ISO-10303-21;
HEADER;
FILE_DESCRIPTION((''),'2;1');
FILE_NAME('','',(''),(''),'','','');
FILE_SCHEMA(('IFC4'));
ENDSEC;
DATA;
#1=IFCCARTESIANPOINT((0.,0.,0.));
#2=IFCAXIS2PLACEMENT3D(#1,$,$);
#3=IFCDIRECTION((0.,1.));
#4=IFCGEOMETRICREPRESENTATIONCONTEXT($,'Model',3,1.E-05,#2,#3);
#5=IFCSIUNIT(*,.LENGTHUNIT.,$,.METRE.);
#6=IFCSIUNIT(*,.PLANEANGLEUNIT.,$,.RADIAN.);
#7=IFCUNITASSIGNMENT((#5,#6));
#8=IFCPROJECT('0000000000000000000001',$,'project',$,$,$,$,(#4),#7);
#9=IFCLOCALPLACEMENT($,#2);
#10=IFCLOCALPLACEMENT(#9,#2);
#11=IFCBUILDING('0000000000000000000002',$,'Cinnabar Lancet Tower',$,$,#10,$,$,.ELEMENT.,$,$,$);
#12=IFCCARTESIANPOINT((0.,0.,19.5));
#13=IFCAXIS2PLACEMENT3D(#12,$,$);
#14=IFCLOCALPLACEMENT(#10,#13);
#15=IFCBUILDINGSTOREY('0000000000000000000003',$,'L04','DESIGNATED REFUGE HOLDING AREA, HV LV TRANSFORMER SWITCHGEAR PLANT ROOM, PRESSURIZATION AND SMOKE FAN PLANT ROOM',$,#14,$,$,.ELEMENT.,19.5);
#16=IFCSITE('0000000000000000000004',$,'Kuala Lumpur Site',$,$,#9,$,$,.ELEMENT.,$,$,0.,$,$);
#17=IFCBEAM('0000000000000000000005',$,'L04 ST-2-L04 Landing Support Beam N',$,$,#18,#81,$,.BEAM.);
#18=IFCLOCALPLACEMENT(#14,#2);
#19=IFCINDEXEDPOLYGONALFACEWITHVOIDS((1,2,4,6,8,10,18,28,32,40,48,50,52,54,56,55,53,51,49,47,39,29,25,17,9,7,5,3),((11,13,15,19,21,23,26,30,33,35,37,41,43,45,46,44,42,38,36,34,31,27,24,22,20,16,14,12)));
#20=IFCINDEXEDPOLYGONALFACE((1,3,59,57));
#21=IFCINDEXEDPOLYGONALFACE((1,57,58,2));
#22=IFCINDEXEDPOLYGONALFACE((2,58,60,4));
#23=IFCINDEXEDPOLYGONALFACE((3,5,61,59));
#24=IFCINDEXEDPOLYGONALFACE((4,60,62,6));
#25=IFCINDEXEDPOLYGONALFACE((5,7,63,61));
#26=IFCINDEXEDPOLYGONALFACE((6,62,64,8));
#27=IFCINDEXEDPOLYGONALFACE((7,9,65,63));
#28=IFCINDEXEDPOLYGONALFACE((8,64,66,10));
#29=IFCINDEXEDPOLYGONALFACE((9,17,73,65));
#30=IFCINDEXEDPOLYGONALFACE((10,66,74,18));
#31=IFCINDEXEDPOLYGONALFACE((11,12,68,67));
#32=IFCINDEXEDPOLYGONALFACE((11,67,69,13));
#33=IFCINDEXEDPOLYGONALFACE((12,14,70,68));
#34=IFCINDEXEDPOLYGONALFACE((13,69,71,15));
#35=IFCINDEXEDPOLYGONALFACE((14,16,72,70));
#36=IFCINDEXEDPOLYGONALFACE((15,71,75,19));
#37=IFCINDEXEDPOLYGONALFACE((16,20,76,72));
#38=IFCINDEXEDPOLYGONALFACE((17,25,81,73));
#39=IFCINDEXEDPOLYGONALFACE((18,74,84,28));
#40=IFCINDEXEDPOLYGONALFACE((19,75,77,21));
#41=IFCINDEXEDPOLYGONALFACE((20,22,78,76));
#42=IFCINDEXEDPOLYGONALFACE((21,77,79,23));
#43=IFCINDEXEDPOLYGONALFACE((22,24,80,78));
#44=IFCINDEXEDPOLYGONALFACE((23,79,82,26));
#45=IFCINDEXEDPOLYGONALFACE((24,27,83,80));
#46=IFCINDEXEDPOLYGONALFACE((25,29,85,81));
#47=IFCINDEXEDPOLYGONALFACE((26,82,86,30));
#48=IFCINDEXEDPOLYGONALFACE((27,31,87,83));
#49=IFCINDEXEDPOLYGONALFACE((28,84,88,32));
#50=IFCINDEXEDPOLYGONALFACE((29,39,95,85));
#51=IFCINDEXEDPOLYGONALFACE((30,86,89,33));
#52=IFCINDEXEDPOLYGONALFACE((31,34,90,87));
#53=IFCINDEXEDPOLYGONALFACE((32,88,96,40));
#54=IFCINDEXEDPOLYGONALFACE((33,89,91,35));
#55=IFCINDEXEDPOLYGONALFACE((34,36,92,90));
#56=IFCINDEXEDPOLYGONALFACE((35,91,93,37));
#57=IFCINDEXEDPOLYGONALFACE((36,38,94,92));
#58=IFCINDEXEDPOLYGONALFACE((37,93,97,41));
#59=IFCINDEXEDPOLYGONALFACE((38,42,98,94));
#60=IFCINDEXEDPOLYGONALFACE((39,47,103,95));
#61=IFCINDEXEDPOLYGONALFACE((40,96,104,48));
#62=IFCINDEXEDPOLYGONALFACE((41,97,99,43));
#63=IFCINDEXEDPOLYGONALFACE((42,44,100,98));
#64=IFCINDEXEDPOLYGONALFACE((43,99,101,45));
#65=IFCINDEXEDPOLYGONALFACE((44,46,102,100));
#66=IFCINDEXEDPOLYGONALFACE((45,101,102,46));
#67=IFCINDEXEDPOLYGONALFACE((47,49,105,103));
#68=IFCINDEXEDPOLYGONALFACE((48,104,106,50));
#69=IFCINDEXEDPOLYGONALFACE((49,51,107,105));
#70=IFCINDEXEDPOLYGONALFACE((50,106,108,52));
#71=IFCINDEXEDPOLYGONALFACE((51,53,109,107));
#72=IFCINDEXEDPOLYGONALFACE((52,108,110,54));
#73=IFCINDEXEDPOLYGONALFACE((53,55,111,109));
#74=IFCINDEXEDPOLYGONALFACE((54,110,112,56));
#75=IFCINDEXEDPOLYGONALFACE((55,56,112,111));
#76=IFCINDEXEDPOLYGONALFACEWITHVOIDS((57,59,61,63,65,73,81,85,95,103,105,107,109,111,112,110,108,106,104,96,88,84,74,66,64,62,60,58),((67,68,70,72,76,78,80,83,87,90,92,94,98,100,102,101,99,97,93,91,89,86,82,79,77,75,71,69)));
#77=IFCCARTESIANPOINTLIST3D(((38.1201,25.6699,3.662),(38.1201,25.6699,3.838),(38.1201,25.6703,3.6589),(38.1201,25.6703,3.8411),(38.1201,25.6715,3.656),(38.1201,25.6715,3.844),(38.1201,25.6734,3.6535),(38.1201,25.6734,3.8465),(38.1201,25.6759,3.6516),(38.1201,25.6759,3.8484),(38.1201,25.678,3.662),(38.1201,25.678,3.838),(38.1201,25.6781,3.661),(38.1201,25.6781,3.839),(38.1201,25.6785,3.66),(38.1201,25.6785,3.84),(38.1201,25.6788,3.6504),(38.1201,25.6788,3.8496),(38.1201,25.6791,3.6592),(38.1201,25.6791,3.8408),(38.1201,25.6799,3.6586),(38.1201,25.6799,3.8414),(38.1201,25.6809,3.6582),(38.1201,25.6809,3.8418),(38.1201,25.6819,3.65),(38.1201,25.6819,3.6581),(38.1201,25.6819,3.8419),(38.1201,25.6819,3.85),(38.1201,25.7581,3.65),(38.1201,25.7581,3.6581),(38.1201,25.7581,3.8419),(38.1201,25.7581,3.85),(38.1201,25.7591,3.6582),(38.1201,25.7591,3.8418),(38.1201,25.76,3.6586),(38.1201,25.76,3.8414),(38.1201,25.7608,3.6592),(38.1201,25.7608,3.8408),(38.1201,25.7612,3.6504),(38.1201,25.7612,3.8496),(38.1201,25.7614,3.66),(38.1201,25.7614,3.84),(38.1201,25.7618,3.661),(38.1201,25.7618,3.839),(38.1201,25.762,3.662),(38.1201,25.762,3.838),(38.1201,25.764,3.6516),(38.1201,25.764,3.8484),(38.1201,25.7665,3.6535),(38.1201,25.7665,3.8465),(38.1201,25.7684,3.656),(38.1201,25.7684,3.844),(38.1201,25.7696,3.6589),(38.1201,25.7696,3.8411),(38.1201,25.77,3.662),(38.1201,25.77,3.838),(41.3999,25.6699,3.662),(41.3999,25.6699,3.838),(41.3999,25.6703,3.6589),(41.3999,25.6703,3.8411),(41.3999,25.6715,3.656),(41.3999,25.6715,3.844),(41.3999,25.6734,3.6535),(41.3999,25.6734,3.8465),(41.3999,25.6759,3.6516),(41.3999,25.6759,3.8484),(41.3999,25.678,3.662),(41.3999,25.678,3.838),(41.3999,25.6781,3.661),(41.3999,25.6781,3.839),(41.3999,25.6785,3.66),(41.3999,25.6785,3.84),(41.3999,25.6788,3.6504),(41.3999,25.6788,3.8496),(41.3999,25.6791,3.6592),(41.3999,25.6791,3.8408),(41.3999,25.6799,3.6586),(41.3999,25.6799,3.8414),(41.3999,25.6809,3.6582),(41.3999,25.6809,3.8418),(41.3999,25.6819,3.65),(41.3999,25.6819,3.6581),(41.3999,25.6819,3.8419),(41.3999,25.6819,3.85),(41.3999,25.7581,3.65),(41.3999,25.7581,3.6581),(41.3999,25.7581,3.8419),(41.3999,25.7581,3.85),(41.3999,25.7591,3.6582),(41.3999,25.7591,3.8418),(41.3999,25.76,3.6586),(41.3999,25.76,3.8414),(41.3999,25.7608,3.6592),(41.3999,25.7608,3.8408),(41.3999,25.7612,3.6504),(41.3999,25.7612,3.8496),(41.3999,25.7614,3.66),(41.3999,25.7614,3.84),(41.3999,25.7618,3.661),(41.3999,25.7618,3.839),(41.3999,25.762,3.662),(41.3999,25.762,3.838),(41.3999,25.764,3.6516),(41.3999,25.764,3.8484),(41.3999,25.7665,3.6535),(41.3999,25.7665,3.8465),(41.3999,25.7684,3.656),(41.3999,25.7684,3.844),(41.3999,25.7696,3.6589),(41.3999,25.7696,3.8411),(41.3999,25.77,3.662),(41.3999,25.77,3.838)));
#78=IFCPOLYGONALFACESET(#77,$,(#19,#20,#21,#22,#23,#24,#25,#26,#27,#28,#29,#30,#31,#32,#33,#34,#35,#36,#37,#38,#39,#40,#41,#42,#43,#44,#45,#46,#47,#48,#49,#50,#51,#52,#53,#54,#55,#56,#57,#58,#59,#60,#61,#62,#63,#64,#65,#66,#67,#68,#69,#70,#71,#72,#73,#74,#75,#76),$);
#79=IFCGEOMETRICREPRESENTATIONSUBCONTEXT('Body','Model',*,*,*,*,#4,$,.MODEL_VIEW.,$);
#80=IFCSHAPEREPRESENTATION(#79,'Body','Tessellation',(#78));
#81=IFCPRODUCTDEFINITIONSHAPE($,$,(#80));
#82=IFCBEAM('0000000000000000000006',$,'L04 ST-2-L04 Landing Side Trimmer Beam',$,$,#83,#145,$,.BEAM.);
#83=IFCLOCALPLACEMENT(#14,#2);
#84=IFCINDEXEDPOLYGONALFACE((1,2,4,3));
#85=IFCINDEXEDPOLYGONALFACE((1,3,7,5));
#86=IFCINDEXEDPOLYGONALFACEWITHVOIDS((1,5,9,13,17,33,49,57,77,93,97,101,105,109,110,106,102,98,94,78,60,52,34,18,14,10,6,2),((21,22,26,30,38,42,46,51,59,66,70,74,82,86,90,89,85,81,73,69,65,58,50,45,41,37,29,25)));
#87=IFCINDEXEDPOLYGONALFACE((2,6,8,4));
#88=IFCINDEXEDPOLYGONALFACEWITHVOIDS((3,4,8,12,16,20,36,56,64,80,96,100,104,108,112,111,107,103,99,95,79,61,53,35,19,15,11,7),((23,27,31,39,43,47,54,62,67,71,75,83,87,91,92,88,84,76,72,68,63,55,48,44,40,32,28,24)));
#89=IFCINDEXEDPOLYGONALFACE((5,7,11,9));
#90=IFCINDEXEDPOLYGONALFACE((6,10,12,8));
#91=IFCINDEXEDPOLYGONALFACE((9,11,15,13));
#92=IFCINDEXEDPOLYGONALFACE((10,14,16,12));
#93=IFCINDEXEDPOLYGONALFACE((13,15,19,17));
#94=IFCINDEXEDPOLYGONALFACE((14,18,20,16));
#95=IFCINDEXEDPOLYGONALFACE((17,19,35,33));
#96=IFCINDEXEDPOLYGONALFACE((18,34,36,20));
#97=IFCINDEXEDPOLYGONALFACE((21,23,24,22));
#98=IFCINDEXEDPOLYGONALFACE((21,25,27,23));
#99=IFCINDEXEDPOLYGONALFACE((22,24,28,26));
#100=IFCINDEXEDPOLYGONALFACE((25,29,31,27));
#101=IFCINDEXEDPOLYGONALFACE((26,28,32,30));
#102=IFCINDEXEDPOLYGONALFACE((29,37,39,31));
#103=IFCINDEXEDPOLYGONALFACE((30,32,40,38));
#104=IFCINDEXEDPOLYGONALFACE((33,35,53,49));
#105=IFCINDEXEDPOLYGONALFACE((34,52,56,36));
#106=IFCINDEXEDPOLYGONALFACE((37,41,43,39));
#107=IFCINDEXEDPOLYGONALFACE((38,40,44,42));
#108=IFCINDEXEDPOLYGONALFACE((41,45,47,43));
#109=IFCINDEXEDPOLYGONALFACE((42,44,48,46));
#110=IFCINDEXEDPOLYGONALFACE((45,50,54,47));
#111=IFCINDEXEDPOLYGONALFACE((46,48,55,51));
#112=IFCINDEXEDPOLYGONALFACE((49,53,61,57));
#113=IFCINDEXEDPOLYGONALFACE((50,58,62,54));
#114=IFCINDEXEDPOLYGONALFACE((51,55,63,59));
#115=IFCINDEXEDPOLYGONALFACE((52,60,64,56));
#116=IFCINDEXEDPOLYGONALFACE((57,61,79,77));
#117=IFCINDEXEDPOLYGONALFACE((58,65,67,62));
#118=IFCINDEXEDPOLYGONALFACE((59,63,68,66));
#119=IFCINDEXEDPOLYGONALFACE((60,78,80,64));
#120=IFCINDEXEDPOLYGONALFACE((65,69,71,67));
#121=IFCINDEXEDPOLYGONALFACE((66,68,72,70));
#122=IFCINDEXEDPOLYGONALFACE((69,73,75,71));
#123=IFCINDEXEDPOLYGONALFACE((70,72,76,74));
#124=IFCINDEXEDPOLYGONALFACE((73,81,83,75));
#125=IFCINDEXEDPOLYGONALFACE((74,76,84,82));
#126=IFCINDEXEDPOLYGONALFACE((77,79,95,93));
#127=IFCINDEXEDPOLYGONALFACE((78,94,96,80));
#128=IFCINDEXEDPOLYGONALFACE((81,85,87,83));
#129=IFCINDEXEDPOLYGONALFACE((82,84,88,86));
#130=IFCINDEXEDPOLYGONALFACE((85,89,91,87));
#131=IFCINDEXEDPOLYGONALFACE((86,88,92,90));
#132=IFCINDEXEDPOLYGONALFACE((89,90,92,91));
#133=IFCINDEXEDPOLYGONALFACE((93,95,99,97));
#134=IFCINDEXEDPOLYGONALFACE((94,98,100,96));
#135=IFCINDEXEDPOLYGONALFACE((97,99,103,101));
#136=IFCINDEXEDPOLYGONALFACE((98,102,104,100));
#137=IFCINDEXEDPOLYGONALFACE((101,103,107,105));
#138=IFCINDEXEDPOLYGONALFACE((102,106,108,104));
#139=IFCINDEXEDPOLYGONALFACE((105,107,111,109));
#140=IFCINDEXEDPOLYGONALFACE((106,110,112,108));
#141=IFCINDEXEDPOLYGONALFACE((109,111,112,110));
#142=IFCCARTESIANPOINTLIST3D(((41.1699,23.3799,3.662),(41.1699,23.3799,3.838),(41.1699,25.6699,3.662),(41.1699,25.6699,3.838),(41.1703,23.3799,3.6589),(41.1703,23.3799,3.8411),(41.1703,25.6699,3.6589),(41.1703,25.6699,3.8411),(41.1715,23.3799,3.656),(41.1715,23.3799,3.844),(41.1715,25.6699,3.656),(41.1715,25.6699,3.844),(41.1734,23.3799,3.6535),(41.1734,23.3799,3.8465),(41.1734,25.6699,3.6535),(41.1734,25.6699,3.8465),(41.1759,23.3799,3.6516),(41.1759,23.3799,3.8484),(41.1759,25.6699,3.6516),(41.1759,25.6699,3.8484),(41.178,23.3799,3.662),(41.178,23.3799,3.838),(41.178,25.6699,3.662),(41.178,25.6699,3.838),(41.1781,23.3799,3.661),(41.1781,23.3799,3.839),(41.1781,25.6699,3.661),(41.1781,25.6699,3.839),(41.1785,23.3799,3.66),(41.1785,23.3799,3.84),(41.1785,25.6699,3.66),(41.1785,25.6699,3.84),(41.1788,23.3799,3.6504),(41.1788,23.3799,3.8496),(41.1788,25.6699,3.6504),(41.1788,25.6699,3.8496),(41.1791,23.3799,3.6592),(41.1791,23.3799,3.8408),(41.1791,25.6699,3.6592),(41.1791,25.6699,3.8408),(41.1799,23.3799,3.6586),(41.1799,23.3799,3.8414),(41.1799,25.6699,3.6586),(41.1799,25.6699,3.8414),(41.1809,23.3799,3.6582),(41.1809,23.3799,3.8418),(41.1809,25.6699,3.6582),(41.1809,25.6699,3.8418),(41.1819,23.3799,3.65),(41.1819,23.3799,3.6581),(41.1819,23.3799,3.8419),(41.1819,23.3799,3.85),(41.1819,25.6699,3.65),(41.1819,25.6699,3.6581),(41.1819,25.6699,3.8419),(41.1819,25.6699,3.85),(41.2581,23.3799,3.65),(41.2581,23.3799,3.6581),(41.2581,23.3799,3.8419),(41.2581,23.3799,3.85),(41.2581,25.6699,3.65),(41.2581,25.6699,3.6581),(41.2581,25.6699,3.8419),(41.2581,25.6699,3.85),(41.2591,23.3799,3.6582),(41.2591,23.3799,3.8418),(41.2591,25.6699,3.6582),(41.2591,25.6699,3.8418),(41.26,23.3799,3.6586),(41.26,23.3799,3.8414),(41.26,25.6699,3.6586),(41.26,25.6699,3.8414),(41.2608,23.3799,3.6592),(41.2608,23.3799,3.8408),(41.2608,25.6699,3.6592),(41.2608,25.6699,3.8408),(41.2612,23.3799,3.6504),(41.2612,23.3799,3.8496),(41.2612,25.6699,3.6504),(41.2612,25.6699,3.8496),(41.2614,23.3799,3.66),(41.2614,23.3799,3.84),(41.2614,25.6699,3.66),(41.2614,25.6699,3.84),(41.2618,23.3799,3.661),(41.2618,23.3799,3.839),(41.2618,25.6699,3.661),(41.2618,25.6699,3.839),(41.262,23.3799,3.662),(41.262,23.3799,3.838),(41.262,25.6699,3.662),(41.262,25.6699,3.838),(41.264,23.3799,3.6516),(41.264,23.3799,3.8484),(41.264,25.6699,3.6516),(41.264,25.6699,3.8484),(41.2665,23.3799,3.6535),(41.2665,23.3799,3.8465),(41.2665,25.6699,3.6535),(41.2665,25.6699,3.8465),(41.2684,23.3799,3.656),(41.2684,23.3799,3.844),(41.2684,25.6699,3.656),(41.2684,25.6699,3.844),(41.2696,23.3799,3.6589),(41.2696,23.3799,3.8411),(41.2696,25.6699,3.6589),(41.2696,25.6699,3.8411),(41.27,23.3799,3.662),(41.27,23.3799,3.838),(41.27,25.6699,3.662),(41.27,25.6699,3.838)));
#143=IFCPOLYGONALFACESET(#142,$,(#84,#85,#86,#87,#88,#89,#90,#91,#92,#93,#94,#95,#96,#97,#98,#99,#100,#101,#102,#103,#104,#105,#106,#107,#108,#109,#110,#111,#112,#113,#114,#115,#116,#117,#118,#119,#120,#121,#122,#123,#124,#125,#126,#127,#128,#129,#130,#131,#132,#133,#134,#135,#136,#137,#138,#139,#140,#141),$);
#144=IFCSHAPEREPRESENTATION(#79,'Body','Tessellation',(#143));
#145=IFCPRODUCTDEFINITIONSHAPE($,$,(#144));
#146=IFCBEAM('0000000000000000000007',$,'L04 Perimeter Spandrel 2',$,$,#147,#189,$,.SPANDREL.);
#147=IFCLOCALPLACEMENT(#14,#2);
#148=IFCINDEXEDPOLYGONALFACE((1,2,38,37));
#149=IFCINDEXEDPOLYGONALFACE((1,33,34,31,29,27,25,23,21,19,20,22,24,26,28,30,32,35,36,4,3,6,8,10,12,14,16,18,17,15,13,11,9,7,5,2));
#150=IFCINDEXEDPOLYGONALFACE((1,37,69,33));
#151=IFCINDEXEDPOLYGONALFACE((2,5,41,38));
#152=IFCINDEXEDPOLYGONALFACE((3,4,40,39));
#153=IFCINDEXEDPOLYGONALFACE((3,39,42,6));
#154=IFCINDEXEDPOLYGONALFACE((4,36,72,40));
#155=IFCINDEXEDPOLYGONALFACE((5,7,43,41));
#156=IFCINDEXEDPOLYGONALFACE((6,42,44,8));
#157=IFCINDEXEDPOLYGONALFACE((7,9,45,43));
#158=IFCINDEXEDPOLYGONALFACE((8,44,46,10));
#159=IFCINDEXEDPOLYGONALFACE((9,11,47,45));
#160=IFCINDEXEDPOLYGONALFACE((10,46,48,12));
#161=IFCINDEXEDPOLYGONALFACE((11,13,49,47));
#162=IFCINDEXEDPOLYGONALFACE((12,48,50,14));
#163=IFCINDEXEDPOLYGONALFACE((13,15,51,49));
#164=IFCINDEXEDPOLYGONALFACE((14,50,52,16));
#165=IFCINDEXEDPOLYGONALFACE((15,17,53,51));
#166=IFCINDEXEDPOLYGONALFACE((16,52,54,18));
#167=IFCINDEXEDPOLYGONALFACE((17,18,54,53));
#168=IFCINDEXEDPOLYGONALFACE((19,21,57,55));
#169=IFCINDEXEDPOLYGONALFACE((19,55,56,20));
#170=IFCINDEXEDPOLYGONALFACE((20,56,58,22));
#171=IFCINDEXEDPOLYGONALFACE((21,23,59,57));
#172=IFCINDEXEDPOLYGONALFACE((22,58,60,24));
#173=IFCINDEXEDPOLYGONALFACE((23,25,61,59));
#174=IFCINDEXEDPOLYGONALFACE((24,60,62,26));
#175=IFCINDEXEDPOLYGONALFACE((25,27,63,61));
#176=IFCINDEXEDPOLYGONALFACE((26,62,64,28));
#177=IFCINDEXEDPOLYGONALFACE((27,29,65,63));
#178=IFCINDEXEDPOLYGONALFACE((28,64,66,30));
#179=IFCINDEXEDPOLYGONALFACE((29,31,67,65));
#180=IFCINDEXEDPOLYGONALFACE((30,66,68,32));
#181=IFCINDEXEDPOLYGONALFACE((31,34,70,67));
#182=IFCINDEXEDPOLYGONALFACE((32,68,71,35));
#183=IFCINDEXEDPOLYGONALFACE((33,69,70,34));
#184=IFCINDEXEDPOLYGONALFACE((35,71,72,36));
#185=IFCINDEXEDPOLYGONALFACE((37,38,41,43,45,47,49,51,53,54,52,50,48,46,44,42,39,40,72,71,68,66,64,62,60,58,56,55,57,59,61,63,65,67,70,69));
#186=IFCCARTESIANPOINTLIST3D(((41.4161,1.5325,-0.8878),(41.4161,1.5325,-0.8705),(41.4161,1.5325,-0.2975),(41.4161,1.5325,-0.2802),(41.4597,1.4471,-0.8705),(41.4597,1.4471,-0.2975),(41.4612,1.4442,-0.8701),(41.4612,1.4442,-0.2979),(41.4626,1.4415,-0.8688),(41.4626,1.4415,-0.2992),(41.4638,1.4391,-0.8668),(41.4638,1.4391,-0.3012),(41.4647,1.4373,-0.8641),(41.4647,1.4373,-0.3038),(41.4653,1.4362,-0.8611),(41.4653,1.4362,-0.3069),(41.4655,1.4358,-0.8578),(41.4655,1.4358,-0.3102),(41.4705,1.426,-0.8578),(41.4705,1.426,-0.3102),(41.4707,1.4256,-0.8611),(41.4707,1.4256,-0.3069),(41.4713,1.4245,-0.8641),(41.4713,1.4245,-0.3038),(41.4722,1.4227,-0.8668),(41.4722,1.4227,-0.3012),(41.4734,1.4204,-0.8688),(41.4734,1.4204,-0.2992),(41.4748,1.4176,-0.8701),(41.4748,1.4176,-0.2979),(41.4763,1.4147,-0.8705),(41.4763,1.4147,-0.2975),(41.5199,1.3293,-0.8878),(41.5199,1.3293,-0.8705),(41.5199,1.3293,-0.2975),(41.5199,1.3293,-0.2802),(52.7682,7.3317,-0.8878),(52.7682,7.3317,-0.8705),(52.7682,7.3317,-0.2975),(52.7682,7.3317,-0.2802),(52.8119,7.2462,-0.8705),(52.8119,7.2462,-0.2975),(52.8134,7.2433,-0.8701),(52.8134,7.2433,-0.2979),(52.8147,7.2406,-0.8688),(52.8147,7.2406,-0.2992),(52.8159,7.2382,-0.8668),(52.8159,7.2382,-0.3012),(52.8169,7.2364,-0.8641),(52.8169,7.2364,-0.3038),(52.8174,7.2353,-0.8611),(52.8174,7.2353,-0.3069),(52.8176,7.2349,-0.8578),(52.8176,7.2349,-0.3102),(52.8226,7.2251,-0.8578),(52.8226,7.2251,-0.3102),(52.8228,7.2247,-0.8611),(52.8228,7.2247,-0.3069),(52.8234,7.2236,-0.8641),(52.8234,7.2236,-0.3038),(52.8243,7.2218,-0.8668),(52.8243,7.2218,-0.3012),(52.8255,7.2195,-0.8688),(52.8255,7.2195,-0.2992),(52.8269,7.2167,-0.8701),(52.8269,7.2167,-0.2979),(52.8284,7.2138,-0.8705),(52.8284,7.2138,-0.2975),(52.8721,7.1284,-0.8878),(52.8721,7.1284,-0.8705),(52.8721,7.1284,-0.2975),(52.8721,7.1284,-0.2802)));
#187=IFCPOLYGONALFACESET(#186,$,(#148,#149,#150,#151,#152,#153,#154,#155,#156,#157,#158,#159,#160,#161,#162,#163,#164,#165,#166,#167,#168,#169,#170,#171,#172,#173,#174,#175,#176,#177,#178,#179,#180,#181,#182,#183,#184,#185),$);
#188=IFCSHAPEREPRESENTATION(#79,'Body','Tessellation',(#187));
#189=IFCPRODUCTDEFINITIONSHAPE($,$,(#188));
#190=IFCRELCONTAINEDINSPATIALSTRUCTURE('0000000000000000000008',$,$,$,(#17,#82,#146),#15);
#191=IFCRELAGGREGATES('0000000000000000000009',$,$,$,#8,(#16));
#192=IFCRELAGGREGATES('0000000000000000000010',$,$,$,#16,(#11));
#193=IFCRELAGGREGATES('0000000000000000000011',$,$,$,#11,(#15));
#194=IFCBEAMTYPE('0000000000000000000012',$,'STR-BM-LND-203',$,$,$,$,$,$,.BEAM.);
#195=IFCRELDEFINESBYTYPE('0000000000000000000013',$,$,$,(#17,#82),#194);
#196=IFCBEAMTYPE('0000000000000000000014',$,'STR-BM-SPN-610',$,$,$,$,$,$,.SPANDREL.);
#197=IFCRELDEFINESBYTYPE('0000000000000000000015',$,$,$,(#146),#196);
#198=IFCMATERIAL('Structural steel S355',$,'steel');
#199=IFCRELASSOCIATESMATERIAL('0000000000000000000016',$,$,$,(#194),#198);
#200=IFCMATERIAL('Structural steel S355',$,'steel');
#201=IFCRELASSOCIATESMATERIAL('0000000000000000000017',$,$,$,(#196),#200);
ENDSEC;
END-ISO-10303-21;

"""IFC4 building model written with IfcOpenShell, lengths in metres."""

from ifc_helpers import new_model, si_unit, direction, frame, origin, origin_2d, place, context, subcontext, project, spatial, hollow_rectangle, i_section, extrude, material, material_profile, profile_set, type_object, element, save


model = new_model("IFC4")

# Units and contexts
model_context = context("Model", 3, precision=1e-05, world=origin(), true_north=direction((0.0, 1.0)))
body_context = subcontext(model_context, "Body", "Model", "MODEL_VIEW")
ifc_project = project(units=[si_unit("LENGTHUNIT", "METRE"), si_unit("PLANEANGLEUNIT", "RADIAN")], contexts=[model_context])

# Site, building, storey
site_placement = place(None, origin())
site = spatial("IfcSite", under=ifc_project, at=site_placement, Name="Kuala Lumpur Site", CompositionType="ELEMENT", RefElevation=0.0)
building_placement = place(site_placement, origin())
building = spatial("IfcBuilding", under=site, at=building_placement, Name="Cinnabar Lancet Tower", CompositionType="ELEMENT")
storey_placement = place(building_placement, frame((0.0, 0.0, 19.5)))
storey = spatial("IfcBuildingStorey", under=building, at=storey_placement, Name="L04", Description="DESIGNATED REFUGE HOLDING AREA, HV LV TRANSFORMER SWITCHGEAR PLANT ROOM, PRESSURIZATION AND SMOKE FAN PLANT ROOM", CompositionType="ELEMENT", Elevation=19.5)

# Beams
ifc_material_1 = material(Name="Structural steel S355", Category="steel")
ifc_material_profile_1 = material_profile(ifc_material_1, hollow_rectangle(XDim=0.1001, YDim=0.2, WallThickness=0.0081, InnerFilletRadius=0.0039, OuterFilletRadius=0.012, at=origin_2d()), Name="RHS 200x100x8")
ifc_profile_set_1 = profile_set([ifc_material_profile_1], Name="Structural steel S355")
beam_type_1 = type_object("IfcBeamType", Name="STR-BM-LND-203", PredefinedType="BEAM", material=ifc_profile_set_1)
for number, where, z_axis, x_axis, name in (
    (1, (38.1201, 25.72, 3.75), (1.0, 0.0, 0.0), (0.0, 1.0, 0.0), "L04 ST-2-L04 Landing Support Beam N"),
):
    element("IfcBeam", number, at=place(storey_placement, frame(where, z_axis=z_axis, x_axis=x_axis)), inside=storey, type_object=beam_type_1, Name=name, PredefinedType="BEAM", context=body_context, shape_type="SweptSolid", body=[
        extrude(hollow_rectangle(XDim=0.1001, YDim=0.2, WallThickness=0.0081, InnerFilletRadius=0.0039, OuterFilletRadius=0.012, at=origin_2d()), origin(), (0.0, 0.0, 1.0), 3.2798),
    ])
beam_1_placement = place(storey_placement, frame((41.22, 23.3799, 3.75), z_axis=(0.0, 1.0, 0.0), x_axis=(-1.0, 0.0, 0.0)))
element("IfcBeam", 2, at=beam_1_placement, inside=storey, type_object=beam_type_1, Name="L04 ST-2-L04 Landing Side Trimmer Beam", PredefinedType="BEAM", context=body_context, shape_type="SweptSolid", body=[
    extrude(hollow_rectangle(XDim=0.1001, YDim=0.2, WallThickness=0.0081, InnerFilletRadius=0.0039, OuterFilletRadius=0.012, at=origin_2d()), origin(), (0.0, 0.0, 1.0), 2.29),
])
ifc_material_2 = material(Name="Structural steel S355", Category="steel")
ifc_material_profile_2 = material_profile(ifc_material_2, i_section(OverallWidth=0.2283, OverallDepth=0.6077, WebThickness=0.011, FlangeThickness=0.0173, FilletRadius=0.0127, at=origin_2d()), Name="UKB 610x229x113")
ifc_profile_set_2 = profile_set([ifc_material_profile_2], Name="Structural steel S355")
beam_type_2 = type_object("IfcBeamType", Name="STR-BM-SPN-610", PredefinedType="SPANDREL", material=ifc_profile_set_2)
beam_2_placement = place(storey_placement, frame((41.468, 1.4309, -0.584), z_axis=(0.890533, 0.454919, 0.0), x_axis=(-0.454919, 0.890533, 0.0)))
element("IfcBeam", 3, at=beam_2_placement, inside=storey, type_object=beam_type_2, Name="L04 Perimeter Spandrel 2", PredefinedType="SPANDREL", context=body_context, shape_type="SweptSolid", body=[
    extrude(i_section(OverallWidth=0.2283, OverallDepth=0.6077, WebThickness=0.011, FlangeThickness=0.0173, FilletRadius=0.0127, at=origin_2d()), origin(), (0.0, 0.0, 1.0), 12.7476),
])

save(model, "model.ifc")
